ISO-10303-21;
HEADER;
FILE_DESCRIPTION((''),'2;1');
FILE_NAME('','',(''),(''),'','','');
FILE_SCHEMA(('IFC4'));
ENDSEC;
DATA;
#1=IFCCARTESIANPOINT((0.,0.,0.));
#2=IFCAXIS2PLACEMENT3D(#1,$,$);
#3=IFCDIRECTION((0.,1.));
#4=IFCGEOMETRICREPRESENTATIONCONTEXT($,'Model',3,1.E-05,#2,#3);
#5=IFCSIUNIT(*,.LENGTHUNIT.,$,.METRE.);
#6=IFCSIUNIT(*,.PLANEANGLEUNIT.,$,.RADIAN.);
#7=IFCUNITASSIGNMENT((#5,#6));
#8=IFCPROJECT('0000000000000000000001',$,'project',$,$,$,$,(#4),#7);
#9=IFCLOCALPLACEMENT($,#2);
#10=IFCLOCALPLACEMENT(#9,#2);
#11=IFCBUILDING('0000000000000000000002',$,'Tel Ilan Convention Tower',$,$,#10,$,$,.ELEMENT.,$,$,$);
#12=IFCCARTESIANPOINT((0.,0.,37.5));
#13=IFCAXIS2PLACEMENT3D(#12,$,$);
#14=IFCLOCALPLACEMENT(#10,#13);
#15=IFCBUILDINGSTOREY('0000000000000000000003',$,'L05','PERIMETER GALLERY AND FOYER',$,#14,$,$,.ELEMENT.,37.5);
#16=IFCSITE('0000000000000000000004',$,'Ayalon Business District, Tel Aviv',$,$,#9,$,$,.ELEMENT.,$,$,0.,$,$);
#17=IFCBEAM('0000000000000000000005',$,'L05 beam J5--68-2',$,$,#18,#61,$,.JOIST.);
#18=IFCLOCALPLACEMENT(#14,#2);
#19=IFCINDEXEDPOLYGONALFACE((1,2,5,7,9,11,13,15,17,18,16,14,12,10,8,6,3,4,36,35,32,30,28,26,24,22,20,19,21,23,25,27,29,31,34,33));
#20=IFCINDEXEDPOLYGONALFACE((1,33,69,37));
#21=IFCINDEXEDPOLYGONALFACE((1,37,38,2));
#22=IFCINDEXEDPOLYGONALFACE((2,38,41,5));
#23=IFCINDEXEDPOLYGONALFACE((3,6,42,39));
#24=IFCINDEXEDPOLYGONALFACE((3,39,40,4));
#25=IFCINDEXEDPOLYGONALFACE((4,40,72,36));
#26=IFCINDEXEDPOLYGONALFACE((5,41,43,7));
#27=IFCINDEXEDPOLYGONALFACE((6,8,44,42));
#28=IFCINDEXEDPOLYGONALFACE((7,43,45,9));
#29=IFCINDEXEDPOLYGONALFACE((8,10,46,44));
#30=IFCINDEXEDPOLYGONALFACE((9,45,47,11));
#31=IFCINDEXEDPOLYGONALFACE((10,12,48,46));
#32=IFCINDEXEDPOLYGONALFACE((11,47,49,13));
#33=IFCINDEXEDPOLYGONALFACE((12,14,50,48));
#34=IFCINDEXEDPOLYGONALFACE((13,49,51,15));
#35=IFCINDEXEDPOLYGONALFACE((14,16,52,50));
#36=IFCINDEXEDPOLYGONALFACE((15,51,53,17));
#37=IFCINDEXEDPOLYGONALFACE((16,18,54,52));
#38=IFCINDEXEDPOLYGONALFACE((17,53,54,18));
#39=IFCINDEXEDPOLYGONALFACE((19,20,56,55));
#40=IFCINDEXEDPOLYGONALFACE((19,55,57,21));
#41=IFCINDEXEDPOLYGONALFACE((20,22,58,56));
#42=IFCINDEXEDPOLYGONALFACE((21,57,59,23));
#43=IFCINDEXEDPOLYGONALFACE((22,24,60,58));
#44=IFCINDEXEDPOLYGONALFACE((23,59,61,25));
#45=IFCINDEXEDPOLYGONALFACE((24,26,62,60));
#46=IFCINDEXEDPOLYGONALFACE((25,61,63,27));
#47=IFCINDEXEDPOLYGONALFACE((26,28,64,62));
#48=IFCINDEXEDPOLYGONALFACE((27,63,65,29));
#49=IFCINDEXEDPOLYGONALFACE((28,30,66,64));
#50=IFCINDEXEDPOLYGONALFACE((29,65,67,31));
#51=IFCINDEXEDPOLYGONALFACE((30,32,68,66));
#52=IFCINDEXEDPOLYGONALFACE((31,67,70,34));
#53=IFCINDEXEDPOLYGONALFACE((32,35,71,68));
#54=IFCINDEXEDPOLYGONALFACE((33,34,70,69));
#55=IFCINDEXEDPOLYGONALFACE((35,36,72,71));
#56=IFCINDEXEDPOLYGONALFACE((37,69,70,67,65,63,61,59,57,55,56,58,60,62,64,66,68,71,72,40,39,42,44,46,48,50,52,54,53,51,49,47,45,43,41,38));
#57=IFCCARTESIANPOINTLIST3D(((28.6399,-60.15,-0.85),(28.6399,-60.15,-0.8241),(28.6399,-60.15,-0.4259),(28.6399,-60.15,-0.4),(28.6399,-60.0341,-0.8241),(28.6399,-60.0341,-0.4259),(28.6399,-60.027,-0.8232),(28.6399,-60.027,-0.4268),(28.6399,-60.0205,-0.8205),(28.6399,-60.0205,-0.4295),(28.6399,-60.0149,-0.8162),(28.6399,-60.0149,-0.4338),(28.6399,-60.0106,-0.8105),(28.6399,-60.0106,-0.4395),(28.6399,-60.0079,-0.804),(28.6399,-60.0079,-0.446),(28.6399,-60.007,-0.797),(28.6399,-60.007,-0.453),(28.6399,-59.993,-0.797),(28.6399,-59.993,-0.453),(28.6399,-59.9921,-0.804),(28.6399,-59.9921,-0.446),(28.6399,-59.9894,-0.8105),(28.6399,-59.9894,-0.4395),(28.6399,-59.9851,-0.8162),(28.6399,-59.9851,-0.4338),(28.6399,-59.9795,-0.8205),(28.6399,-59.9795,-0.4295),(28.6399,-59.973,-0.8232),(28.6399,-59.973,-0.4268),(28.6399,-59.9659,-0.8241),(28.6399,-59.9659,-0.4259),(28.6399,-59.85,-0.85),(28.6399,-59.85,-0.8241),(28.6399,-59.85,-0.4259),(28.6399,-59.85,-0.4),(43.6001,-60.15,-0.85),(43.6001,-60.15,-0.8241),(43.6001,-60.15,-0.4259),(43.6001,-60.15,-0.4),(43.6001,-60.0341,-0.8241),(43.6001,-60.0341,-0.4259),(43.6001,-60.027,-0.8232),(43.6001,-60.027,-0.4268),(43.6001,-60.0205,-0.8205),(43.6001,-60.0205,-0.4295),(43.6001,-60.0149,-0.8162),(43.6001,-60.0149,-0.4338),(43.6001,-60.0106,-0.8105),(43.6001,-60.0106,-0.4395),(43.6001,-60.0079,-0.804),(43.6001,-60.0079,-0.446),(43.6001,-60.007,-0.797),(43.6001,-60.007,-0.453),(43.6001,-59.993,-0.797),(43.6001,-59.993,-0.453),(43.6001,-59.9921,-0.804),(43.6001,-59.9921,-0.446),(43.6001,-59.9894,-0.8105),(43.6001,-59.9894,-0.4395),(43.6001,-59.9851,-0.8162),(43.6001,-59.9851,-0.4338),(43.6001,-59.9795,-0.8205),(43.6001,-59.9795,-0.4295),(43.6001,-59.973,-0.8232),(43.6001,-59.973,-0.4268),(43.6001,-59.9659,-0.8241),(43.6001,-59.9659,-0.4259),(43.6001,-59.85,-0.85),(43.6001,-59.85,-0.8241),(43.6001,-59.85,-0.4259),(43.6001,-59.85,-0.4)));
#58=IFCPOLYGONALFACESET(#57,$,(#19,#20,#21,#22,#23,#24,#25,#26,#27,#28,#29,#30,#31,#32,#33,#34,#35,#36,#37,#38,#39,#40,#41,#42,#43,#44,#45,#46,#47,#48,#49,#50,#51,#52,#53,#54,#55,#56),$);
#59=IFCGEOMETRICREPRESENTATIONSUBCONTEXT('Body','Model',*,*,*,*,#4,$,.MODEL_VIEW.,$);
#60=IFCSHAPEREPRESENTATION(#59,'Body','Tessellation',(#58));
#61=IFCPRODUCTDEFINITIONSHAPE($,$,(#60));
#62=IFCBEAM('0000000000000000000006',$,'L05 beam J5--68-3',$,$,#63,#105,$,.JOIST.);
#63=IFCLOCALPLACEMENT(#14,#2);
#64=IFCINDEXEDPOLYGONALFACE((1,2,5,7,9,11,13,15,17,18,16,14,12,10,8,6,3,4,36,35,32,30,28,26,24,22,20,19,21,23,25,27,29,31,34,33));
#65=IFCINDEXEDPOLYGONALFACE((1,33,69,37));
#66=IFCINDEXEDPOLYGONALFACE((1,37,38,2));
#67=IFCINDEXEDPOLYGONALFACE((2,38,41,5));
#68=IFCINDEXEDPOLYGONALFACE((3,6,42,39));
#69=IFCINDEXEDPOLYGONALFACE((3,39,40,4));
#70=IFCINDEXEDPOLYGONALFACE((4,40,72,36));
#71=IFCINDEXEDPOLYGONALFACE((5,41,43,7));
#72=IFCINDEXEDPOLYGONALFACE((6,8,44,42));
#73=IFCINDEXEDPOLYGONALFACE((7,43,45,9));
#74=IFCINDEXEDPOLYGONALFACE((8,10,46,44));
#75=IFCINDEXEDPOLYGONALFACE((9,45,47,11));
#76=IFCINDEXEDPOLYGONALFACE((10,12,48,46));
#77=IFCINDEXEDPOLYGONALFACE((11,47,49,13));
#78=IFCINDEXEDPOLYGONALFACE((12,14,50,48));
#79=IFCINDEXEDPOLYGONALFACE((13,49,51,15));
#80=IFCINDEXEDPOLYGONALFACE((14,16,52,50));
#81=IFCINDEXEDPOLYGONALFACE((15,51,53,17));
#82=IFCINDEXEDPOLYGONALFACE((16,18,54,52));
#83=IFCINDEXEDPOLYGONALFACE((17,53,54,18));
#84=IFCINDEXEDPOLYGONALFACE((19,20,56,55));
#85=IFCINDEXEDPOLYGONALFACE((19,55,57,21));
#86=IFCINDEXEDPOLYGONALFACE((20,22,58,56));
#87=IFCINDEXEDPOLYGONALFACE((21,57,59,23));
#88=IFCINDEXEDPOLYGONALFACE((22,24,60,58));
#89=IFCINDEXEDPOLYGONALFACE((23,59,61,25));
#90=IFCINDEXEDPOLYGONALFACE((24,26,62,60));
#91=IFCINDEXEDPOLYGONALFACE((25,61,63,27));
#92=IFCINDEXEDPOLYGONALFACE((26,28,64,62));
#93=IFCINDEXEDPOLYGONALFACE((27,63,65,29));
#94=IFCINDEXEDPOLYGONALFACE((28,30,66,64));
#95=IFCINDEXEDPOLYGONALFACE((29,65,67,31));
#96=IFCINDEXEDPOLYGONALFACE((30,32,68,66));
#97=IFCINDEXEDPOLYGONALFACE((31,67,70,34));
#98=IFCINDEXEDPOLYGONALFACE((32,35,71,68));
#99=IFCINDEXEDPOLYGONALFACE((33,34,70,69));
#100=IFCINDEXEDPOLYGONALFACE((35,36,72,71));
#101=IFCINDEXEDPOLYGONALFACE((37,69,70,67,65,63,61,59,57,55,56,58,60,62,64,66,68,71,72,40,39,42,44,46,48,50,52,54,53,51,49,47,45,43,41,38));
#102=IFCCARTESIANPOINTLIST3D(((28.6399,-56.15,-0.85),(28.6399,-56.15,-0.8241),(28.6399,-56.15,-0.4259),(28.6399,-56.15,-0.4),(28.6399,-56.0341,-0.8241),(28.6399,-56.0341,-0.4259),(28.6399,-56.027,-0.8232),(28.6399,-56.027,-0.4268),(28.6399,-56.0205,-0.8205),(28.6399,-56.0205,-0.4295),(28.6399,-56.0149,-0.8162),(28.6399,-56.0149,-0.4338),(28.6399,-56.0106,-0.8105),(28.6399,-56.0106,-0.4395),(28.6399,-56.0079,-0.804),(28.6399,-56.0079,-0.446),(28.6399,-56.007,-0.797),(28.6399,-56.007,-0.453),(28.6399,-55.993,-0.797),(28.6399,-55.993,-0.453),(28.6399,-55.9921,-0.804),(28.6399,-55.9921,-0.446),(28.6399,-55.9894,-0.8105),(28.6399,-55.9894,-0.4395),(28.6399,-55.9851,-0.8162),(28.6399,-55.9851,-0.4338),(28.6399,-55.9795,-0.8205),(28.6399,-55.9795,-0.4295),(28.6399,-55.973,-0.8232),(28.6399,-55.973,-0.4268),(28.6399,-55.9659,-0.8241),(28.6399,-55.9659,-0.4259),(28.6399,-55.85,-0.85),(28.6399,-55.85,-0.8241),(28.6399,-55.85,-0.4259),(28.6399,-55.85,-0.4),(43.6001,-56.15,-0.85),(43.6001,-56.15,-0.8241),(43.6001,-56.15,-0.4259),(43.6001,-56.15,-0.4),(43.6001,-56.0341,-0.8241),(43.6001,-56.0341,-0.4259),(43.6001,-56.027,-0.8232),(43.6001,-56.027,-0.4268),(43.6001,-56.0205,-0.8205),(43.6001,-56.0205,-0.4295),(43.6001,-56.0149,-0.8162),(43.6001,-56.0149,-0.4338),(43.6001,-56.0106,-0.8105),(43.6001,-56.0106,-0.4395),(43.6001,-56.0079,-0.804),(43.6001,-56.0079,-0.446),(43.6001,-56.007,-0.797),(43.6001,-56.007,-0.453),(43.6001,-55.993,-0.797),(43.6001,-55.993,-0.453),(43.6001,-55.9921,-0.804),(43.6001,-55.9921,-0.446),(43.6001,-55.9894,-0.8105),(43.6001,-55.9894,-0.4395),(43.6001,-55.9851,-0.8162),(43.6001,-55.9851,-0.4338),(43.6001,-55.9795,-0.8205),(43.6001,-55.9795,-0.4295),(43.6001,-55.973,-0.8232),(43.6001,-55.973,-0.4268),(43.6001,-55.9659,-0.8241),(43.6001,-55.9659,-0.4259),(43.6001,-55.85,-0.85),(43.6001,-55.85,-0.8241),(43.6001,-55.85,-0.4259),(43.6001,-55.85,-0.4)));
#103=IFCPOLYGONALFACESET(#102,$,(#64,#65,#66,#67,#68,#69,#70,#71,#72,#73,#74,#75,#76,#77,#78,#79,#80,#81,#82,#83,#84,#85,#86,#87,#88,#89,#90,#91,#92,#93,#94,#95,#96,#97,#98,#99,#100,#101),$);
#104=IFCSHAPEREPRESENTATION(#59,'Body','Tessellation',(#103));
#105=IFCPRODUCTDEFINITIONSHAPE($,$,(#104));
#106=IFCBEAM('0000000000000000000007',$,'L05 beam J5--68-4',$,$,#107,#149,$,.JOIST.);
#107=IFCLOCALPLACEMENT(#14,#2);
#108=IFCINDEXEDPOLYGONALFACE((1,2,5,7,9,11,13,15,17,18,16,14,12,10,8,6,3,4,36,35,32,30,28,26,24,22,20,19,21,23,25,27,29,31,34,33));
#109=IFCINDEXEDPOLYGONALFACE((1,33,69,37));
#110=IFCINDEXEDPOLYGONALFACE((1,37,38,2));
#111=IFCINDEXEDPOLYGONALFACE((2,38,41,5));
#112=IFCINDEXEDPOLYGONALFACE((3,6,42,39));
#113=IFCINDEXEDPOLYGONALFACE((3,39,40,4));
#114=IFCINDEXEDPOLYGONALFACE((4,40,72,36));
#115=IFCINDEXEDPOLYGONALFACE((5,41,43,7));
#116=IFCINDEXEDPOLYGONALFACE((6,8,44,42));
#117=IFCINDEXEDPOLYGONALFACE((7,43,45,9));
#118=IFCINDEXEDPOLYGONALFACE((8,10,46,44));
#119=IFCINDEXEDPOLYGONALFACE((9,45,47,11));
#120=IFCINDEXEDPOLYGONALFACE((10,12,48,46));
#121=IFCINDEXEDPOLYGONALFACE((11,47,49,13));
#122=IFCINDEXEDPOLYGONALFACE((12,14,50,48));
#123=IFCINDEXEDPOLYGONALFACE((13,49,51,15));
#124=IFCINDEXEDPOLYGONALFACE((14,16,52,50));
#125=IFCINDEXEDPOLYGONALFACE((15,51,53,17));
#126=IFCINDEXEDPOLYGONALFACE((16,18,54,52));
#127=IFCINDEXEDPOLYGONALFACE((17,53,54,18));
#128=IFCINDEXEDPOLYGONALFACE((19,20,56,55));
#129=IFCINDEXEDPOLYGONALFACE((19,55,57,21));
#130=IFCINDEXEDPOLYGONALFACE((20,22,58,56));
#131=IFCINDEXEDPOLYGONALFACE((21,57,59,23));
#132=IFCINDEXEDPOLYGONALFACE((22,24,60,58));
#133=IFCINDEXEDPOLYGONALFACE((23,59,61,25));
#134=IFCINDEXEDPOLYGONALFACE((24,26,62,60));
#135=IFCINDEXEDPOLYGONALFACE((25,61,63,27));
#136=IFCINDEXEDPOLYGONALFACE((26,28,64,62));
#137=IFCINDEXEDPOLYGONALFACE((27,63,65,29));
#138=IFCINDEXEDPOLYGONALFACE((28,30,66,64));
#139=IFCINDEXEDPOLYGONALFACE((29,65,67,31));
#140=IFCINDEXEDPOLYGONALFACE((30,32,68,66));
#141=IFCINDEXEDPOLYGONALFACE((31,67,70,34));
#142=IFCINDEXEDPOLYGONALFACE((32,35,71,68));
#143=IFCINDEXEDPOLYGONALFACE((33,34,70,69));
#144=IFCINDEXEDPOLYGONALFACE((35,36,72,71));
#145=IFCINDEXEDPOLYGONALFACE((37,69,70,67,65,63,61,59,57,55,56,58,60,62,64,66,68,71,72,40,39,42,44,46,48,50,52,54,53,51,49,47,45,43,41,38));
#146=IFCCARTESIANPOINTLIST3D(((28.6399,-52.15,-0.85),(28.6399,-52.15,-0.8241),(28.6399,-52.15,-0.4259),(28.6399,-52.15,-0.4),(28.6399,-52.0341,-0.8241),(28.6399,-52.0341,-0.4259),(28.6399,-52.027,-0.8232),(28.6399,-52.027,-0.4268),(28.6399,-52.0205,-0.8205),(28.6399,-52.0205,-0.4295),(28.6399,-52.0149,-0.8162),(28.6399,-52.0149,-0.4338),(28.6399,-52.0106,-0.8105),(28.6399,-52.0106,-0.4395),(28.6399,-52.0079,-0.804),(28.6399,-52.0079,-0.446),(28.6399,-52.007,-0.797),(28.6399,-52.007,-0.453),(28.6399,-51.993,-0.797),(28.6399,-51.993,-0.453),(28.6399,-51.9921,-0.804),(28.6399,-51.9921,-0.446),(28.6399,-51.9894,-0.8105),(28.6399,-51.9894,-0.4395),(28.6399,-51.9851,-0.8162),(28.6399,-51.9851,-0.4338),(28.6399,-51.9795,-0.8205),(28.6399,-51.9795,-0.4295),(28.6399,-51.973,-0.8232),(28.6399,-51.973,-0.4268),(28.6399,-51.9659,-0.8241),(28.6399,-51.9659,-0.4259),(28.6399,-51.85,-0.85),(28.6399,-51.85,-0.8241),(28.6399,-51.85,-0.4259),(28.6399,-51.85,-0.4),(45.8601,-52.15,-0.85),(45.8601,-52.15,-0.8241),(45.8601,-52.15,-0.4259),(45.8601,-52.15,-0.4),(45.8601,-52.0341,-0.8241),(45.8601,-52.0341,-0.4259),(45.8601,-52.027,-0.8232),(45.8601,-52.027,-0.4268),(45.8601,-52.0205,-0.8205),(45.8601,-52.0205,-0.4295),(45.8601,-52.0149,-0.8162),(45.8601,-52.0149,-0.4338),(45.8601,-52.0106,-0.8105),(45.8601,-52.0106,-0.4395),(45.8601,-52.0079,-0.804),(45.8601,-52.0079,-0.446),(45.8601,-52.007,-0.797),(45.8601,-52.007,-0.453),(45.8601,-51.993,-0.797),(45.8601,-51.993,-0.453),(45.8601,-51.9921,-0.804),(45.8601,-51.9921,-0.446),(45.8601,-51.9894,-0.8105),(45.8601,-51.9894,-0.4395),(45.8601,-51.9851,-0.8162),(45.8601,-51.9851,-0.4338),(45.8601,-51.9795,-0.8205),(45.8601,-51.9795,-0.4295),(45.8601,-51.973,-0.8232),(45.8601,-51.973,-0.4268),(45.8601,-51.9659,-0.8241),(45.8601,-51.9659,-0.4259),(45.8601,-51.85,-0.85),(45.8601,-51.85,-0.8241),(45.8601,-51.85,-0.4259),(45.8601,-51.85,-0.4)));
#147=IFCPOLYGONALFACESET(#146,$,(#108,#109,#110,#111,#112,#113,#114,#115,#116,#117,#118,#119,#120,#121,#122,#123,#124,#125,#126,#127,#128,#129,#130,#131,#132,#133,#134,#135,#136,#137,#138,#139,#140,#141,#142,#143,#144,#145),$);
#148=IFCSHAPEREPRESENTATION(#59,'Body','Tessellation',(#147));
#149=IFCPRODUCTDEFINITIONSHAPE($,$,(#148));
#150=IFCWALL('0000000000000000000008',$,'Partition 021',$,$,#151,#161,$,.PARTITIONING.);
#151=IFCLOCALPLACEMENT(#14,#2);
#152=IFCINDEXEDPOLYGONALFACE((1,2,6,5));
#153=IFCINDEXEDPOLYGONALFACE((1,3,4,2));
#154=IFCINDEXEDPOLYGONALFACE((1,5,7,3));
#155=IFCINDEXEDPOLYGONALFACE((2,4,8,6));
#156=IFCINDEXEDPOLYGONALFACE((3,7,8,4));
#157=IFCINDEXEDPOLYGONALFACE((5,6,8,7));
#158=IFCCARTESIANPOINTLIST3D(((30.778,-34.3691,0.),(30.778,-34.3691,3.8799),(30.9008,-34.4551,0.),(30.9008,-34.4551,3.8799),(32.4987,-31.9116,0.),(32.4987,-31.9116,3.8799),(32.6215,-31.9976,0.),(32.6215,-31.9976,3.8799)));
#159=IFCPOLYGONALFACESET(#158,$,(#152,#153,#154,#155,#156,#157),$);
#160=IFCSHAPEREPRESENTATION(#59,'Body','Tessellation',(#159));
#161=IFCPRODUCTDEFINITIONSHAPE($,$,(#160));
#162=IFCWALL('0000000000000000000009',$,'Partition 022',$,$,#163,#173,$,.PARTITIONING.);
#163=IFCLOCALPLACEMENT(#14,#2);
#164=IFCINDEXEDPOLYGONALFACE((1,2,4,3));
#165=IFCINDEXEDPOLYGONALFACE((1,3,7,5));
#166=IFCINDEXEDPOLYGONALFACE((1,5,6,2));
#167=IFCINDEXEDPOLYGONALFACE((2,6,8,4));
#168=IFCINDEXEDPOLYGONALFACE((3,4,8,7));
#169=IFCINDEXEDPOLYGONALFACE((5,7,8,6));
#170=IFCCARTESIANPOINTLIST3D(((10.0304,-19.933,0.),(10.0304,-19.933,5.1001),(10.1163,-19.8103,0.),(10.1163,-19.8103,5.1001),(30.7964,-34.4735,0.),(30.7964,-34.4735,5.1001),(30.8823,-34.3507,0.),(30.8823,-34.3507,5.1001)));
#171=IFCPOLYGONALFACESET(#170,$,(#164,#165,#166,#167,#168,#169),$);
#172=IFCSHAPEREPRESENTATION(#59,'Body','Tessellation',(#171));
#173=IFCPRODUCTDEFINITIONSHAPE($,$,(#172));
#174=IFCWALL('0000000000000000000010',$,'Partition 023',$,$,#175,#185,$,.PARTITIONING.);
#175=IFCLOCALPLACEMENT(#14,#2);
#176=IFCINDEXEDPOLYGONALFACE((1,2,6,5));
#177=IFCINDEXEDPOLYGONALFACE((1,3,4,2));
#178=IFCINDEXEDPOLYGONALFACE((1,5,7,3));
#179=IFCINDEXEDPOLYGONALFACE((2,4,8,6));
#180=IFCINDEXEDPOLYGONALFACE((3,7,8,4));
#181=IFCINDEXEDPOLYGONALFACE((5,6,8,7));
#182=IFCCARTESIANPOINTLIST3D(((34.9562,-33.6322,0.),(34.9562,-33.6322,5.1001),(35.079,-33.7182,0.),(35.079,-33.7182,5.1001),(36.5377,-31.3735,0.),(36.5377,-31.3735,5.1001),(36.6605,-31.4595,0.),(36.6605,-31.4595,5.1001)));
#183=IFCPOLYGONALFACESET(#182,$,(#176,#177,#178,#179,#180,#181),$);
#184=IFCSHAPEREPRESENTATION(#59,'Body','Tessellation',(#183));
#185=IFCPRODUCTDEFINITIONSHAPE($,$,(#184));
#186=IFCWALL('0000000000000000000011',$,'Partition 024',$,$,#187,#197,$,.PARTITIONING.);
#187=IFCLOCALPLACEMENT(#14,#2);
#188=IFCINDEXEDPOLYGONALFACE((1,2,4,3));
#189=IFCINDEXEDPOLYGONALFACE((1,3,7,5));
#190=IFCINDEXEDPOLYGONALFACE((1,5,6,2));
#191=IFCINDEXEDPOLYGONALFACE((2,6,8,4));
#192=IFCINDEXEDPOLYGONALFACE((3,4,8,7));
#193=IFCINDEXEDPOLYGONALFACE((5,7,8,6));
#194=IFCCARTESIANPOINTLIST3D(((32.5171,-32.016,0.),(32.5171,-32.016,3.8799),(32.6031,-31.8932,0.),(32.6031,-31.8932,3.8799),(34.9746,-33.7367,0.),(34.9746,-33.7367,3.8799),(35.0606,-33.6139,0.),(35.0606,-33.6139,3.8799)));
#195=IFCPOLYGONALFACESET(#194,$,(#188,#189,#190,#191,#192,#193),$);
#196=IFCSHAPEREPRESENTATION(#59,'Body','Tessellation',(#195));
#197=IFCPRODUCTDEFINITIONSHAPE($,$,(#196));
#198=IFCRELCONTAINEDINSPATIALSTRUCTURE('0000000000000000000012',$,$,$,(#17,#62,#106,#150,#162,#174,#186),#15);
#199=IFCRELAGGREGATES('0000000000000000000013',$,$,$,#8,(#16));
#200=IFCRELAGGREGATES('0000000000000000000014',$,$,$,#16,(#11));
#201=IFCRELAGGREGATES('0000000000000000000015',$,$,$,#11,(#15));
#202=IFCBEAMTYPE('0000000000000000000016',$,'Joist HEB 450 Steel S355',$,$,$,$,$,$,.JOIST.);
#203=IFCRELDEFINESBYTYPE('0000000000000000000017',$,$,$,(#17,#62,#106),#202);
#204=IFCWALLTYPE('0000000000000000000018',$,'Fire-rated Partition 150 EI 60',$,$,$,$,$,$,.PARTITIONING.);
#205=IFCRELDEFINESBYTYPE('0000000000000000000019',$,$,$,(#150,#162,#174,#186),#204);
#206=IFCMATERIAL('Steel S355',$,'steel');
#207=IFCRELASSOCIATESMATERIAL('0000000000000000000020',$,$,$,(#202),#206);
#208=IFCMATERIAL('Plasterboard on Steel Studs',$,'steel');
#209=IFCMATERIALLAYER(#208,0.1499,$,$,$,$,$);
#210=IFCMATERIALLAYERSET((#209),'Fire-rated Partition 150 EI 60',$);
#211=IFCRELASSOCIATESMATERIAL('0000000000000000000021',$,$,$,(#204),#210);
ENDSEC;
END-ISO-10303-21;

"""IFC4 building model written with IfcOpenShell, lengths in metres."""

from ifc_helpers import new_model, si_unit, direction, frame, frame_2d, origin, origin_2d, place, context, subcontext, project, spatial, rectangle, i_section, extrude, material, layer, layer_set, material_profile, profile_set, type_object, element, save


model = new_model("IFC4")

# Units and contexts
model_context = context("Model", 3, precision=1e-05, world=origin(), true_north=direction((0.0, 1.0)))
body_context = subcontext(model_context, "Body", "Model", "MODEL_VIEW")
ifc_project = project(units=[si_unit("LENGTHUNIT", "METRE"), si_unit("PLANEANGLEUNIT", "RADIAN")], contexts=[model_context])

# Site, building, storey
site_placement = place(None, origin())
site = spatial("IfcSite", under=ifc_project, at=site_placement, Name="Ayalon Business District, Tel Aviv", CompositionType="ELEMENT", RefElevation=0.0)
building_placement = place(site_placement, origin())
building = spatial("IfcBuilding", under=site, at=building_placement, Name="Tel Ilan Convention Tower", CompositionType="ELEMENT")
storey_placement = place(building_placement, frame((0.0, 0.0, 37.5)))
storey = spatial("IfcBuildingStorey", under=building, at=storey_placement, Name="L05", Description="PERIMETER GALLERY AND FOYER", CompositionType="ELEMENT", Elevation=37.5)

# Beams
ifc_material_1 = material(Name="Steel S355", Category="steel")
ifc_material_profile_1 = material_profile(ifc_material_1, i_section(OverallWidth=0.3, OverallDepth=0.45, WebThickness=0.0139, FlangeThickness=0.0259, FilletRadius=0.0271, at=origin_2d()), Name="HEB 450")
ifc_profile_set_1 = profile_set([ifc_material_profile_1], Name="Steel S355")
beam_type_1 = type_object("IfcBeamType", Name="Joist HEB 450 Steel S355", PredefinedType="JOIST", material=ifc_profile_set_1)
for number, where, z_axis, x_axis, name in (
    (1, (28.6399, -60.0, -0.625), (1.0, 0.0, 0.0), (0.0, 1.0, 0.0), "L05 beam J5--68-2"),
    (2, (28.6399, -56.0, -0.625), (1.0, 0.0, 0.0), (0.0, 1.0, 0.0), "L05 beam J5--68-3"),
):
    element("IfcBeam", number, at=place(storey_placement, frame(where, z_axis=z_axis, x_axis=x_axis)), inside=storey, type_object=beam_type_1, Name=name, PredefinedType="JOIST", context=body_context, shape_type="SweptSolid", body=[
        extrude(i_section(OverallWidth=0.3, OverallDepth=0.45, WebThickness=0.0139, FlangeThickness=0.0259, FilletRadius=0.0271, at=origin_2d()), origin(), (0.0, 0.0, 1.0), 14.9602),
    ])
beam_1_placement = place(storey_placement, frame((28.6399, -52.0, -0.625), z_axis=(1.0, 0.0, 0.0), x_axis=(0.0, 1.0, 0.0)))
element("IfcBeam", 3, at=beam_1_placement, inside=storey, type_object=beam_type_1, Name="L05 beam J5--68-4", PredefinedType="JOIST", context=body_context, shape_type="SweptSolid", body=[
    extrude(i_section(OverallWidth=0.3, OverallDepth=0.45, WebThickness=0.0139, FlangeThickness=0.0259, FilletRadius=0.0271, at=origin_2d()), origin(), (0.0, 0.0, 1.0), 17.2202),
])

# Walls
ifc_material_2 = material(Name="Plasterboard on Steel Studs", Category="steel")
ifc_layer = layer(ifc_material_2, 0.1499)
ifc_layer_set = layer_set([ifc_layer], Name="Fire-rated Partition 150 EI 60")
wall_type = type_object("IfcWallType", Name="Fire-rated Partition 150 EI 60", PredefinedType="PARTITIONING", material=ifc_layer_set)
wall_1_placement = place(storey_placement, frame((32.5601, -31.9546, 0.0), z_axis=(0.0, 0.0, 1.0), x_axis=(-0.573561, -0.819163, 0.0)))
element("IfcWall", 4, at=wall_1_placement, inside=storey, type_object=wall_type, Name="Partition 021", PredefinedType="PARTITIONING", context=body_context, shape_type="SweptSolid", body=[
    extrude(rectangle(XDim=3.0, YDim=0.1499, at=frame_2d((1.5, 0.0))), origin(), (0.0, 0.0, 1.0), 3.8799),
])
wall_2_placement = place(storey_placement, frame((30.8394, -34.4121, 0.0), z_axis=(0.0, 0.0, 1.0), x_axis=(-0.819153, 0.573575, 0.0)))
element("IfcWall", 5, at=wall_2_placement, inside=storey, type_object=wall_type, Name="Partition 022", PredefinedType="PARTITIONING", context=body_context, shape_type="SweptSolid", body=[
    extrude(rectangle(XDim=25.3506, YDim=0.1499, at=frame_2d((12.6753, 0.0))), origin(), (0.0, 0.0, 1.0), 5.1001),
])
wall_3_placement = place(storey_placement, frame((36.5991, -31.4165, 0.0), z_axis=(0.0, 0.0, 1.0), x_axis=(-0.573557, -0.819165, 0.0)))
element("IfcWall", 6, at=wall_3_placement, inside=storey, type_object=wall_type, Name="Partition 023", PredefinedType="PARTITIONING", context=body_context, shape_type="SweptSolid", body=[
    extrude(rectangle(XDim=2.7573, YDim=0.1499, at=frame_2d((1.3787, 0.0))), origin(), (0.0, 0.0, 1.0), 5.1001),
])
wall_4_placement = place(storey_placement, frame((35.0176, -33.6753, 0.0), z_axis=(0.0, 0.0, 1.0), x_axis=(-0.819163, 0.573561, 0.0)))
element("IfcWall", 7, at=wall_4_placement, inside=storey, type_object=wall_type, Name="Partition 024", PredefinedType="PARTITIONING", context=body_context, shape_type="SweptSolid", body=[
    extrude(rectangle(XDim=3.0, YDim=0.1499, at=frame_2d((1.5, 0.0))), origin(), (0.0, 0.0, 1.0), 3.8799),
])

save(model, "model.ifc")
